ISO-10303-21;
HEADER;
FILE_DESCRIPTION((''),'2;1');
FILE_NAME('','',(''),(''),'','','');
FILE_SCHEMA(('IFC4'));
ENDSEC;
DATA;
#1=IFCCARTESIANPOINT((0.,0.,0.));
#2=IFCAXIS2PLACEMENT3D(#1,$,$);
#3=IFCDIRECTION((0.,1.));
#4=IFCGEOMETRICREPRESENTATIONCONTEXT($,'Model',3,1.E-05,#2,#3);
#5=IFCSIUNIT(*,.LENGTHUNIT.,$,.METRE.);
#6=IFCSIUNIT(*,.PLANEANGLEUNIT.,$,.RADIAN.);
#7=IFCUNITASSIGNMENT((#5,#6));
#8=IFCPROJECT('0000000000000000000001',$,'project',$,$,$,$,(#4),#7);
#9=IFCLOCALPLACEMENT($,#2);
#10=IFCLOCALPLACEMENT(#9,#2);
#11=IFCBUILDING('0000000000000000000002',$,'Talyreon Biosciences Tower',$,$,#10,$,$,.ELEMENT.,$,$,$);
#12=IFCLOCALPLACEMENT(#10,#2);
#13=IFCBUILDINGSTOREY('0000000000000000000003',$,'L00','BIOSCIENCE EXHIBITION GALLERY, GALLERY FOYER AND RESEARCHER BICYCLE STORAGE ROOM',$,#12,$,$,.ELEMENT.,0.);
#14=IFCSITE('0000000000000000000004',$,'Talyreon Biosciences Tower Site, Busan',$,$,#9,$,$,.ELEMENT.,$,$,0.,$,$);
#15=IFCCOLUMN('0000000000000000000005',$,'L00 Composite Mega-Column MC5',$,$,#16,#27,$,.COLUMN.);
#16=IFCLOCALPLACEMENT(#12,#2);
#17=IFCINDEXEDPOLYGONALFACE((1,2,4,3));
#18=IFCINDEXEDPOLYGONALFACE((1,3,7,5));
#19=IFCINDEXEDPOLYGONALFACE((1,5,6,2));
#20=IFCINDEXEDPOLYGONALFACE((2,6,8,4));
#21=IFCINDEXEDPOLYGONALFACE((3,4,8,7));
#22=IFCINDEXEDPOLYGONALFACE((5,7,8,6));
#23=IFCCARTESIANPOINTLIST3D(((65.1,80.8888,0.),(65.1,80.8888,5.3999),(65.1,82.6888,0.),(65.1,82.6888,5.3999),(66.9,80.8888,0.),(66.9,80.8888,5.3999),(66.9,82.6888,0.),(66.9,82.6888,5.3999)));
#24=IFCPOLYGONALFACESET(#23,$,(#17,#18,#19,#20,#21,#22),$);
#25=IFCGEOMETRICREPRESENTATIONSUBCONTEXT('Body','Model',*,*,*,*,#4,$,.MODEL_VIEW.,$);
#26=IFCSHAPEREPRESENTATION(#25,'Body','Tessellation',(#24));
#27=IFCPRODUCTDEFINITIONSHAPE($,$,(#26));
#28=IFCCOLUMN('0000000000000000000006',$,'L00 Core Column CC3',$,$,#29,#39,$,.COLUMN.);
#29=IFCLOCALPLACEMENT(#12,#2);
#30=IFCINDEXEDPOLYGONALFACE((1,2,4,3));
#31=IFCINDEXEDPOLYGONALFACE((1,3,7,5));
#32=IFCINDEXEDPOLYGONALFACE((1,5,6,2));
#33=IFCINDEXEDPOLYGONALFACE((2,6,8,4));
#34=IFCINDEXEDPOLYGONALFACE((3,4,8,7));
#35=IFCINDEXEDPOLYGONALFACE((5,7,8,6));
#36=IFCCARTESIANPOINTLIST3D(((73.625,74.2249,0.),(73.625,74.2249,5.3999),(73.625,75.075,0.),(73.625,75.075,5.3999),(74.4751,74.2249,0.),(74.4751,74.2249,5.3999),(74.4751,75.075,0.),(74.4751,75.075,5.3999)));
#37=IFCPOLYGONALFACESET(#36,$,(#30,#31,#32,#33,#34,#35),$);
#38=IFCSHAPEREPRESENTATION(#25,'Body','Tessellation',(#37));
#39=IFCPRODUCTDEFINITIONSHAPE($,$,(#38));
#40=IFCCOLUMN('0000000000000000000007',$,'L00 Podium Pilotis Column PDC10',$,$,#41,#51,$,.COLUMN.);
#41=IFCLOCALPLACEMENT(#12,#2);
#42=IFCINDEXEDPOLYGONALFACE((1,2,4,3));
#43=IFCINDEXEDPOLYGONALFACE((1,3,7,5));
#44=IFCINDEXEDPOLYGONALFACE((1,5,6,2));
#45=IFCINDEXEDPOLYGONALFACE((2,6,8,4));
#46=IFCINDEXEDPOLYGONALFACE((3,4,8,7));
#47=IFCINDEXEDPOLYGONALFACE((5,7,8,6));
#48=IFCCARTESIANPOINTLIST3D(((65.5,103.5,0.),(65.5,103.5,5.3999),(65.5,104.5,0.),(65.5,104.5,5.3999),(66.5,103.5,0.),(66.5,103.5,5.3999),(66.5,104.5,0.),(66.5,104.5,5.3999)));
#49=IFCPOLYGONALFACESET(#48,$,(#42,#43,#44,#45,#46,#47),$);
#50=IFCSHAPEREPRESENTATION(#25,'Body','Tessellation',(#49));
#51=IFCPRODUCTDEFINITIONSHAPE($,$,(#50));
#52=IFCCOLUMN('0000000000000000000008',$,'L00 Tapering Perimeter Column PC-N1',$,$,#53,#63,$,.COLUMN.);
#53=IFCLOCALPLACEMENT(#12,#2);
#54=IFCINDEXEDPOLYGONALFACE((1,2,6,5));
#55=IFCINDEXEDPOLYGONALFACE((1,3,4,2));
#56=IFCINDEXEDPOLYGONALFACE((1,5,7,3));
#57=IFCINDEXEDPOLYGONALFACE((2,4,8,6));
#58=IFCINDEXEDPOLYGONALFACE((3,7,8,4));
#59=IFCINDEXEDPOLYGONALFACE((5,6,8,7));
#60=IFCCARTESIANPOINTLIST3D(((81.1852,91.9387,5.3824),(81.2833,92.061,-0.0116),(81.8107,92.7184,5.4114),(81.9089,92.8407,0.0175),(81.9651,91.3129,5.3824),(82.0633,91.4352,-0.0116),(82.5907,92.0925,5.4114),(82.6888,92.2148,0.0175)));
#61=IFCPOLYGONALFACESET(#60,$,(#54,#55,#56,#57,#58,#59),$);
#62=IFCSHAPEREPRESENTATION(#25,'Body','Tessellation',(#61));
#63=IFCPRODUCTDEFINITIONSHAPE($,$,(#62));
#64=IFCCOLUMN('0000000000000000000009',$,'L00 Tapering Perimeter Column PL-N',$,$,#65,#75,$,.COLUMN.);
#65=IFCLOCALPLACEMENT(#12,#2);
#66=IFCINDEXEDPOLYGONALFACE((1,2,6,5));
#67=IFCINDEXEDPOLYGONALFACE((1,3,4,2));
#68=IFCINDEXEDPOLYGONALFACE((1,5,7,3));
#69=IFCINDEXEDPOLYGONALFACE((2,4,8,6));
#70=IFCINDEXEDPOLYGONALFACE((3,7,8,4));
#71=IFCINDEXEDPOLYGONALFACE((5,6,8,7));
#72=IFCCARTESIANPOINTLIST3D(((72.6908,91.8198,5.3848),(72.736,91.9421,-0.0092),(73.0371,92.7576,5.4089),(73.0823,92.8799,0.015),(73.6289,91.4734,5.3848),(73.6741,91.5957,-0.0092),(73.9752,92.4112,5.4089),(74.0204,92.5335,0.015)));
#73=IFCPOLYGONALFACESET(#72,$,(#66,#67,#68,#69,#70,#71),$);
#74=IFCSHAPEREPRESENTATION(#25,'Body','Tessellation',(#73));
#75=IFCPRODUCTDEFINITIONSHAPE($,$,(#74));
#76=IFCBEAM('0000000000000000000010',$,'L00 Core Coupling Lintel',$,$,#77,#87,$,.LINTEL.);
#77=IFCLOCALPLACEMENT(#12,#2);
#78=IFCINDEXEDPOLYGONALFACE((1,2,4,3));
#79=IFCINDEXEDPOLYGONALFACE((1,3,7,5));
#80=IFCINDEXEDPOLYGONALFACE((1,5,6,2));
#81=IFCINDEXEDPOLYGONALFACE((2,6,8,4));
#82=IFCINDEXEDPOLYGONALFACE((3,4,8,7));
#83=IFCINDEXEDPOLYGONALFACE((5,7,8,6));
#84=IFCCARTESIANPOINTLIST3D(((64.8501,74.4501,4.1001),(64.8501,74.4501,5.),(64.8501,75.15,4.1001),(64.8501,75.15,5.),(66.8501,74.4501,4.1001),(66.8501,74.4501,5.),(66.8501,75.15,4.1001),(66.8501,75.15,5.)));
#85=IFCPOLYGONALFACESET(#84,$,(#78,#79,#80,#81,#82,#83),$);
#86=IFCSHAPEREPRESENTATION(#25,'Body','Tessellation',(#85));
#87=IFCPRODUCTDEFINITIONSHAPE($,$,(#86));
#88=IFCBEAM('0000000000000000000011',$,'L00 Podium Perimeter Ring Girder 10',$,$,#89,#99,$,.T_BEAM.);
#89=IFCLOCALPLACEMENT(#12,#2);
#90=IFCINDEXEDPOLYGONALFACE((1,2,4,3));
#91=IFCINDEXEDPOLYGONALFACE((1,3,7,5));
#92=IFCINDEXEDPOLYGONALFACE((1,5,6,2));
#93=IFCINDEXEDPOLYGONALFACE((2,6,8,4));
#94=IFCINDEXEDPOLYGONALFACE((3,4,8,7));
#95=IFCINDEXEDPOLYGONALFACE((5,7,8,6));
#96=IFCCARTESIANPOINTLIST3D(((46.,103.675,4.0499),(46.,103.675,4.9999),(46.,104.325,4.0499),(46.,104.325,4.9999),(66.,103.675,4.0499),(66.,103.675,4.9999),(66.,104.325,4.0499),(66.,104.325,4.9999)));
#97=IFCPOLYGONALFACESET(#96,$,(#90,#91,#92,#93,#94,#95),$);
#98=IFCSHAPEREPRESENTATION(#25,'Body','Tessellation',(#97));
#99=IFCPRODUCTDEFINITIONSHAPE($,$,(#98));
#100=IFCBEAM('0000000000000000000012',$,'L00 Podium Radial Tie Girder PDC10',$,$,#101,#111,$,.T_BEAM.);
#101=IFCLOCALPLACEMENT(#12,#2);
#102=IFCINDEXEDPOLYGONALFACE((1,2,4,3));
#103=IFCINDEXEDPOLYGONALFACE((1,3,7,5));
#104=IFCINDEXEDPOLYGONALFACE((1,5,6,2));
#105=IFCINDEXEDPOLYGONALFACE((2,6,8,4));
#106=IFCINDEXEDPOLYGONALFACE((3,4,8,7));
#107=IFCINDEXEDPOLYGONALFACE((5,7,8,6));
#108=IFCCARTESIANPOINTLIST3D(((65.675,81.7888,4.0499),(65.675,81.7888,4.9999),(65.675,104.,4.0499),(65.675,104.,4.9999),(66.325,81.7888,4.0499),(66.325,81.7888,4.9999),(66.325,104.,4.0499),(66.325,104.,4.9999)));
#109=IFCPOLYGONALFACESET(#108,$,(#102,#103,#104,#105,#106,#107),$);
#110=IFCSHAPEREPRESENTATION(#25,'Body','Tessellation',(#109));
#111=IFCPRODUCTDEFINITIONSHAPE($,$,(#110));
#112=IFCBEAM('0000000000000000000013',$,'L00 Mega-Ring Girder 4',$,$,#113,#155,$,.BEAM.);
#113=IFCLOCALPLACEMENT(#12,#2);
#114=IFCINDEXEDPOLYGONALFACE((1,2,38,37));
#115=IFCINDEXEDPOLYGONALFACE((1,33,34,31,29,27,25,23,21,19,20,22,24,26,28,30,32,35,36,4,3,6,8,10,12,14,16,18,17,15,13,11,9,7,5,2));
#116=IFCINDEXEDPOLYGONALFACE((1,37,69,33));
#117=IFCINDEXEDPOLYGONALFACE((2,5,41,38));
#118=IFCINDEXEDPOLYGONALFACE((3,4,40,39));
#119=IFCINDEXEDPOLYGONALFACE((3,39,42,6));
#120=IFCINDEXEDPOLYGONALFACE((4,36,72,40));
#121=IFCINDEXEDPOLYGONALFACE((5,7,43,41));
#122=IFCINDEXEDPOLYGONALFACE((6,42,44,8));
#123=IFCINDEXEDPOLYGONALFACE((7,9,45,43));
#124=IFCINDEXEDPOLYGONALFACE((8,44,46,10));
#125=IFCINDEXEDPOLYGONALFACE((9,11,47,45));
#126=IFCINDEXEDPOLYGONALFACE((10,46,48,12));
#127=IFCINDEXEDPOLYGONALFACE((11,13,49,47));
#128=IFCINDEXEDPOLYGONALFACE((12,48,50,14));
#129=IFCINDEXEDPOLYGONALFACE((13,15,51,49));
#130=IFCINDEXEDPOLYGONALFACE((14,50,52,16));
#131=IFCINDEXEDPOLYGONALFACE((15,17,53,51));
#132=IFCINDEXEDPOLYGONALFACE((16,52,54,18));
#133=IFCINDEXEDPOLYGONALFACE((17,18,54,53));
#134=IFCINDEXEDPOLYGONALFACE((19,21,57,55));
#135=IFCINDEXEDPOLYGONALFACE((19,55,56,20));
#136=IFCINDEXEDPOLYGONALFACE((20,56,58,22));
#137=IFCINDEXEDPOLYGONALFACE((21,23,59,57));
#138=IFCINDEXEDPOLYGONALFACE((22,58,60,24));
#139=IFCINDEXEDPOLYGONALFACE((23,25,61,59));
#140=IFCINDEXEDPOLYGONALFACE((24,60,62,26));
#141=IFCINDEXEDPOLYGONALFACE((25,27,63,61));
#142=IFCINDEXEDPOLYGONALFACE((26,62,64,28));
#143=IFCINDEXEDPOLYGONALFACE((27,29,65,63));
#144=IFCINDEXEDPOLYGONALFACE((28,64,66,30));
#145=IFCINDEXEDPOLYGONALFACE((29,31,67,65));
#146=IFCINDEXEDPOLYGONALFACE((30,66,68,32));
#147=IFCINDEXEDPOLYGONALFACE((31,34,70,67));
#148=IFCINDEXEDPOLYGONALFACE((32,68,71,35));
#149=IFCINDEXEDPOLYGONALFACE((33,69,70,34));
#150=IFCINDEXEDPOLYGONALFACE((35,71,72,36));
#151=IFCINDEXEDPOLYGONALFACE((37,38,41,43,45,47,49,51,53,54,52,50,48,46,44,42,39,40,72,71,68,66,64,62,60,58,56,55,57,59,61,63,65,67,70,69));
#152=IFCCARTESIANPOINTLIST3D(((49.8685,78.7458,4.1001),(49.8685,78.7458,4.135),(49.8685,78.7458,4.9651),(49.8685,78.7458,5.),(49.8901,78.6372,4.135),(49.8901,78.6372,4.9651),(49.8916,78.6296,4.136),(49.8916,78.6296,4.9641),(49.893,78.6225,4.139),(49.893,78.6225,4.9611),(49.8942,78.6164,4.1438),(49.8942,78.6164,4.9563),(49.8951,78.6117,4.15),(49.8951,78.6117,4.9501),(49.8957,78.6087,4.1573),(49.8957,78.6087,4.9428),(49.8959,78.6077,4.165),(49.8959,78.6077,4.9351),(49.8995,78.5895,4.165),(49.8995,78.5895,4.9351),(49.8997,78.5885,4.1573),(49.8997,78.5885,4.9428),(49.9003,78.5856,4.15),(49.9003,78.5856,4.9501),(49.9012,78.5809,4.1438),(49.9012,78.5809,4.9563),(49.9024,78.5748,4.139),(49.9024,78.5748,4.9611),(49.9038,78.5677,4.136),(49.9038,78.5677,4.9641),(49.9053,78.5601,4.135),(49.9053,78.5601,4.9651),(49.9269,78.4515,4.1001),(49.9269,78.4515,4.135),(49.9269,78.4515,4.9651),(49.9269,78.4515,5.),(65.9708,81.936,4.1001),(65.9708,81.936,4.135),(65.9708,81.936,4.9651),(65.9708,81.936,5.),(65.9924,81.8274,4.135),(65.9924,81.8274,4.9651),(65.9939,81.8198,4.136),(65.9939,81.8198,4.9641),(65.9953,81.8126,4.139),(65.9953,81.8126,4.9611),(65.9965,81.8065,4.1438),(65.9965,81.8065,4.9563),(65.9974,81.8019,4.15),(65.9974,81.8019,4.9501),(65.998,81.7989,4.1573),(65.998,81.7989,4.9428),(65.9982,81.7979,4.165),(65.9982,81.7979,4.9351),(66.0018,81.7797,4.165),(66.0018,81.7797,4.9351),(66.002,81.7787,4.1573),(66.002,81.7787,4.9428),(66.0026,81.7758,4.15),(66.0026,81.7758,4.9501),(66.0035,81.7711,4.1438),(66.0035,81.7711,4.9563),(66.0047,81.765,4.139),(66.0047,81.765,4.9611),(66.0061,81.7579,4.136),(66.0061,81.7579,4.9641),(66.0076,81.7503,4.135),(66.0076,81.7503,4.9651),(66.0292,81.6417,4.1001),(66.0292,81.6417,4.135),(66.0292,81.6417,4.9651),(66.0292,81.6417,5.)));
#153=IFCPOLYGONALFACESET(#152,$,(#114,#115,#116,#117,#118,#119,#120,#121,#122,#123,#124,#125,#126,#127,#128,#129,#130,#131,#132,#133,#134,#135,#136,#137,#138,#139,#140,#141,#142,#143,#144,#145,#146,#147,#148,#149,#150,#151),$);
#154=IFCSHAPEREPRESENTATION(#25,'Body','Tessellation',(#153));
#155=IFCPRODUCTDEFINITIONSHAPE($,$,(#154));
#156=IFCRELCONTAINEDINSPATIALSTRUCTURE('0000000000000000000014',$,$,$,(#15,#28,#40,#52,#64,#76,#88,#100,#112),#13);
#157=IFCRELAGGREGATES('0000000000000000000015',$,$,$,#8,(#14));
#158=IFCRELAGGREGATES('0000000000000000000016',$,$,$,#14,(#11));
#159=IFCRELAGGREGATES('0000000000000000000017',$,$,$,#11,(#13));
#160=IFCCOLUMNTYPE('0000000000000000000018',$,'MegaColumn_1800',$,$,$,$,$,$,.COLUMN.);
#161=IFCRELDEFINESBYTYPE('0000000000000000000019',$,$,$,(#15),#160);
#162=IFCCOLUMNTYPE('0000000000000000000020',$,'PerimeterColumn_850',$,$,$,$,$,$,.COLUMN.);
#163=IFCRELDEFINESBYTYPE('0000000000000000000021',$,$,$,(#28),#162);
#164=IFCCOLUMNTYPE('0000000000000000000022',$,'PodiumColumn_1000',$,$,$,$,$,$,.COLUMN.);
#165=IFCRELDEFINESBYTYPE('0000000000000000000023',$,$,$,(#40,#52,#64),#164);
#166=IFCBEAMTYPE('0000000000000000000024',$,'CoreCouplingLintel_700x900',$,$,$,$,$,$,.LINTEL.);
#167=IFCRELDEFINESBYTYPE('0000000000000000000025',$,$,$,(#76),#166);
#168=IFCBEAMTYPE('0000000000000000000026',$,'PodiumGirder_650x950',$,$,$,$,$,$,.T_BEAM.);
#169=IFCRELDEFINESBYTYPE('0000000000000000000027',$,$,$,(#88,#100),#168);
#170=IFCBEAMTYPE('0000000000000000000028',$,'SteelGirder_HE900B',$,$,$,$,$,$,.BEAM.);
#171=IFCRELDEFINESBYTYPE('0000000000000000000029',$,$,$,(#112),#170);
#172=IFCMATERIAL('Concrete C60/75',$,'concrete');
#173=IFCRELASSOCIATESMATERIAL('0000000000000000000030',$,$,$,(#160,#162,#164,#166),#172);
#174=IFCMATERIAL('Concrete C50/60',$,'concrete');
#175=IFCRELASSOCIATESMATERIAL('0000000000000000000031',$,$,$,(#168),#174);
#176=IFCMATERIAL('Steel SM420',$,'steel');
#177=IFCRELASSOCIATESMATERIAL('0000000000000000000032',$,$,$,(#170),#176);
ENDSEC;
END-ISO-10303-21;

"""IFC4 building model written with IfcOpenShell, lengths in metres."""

from ifc_helpers import new_model, si_unit, direction, frame, origin, origin_2d, place, context, subcontext, project, spatial, rectangle, i_section, extrude, material, material_profile, profile_set, type_object, element, save


model = new_model("IFC4")

# Units and contexts
model_context = context("Model", 3, precision=1e-05, world=origin(), true_north=direction((0.0, 1.0)))
body_context = subcontext(model_context, "Body", "Model", "MODEL_VIEW")
ifc_project = project(units=[si_unit("LENGTHUNIT", "METRE"), si_unit("PLANEANGLEUNIT", "RADIAN")], contexts=[model_context])

# Site, building, storey
site_placement = place(None, origin())
site = spatial("IfcSite", under=ifc_project, at=site_placement, Name="Talyreon Biosciences Tower Site, Busan", CompositionType="ELEMENT", RefElevation=0.0)
building_placement = place(site_placement, origin())
building = spatial("IfcBuilding", under=site, at=building_placement, Name="Talyreon Biosciences Tower", CompositionType="ELEMENT")
storey_placement = place(building_placement, origin())
storey = spatial("IfcBuildingStorey", under=building, at=storey_placement, Name="L00", Description="BIOSCIENCE EXHIBITION GALLERY, GALLERY FOYER AND RESEARCHER BICYCLE STORAGE ROOM", CompositionType="ELEMENT", Elevation=0.0)

# Columns
ifc_material_1 = material(Name="Concrete C60/75", Category="concrete")
ifc_material_profile_1 = material_profile(ifc_material_1, rectangle(XDim=1.8, YDim=1.8, at=origin_2d()), Name="RC 1800x1800")
ifc_profile_set_1 = profile_set([ifc_material_profile_1], Name="Concrete C60/75")
column_type_1 = type_object("IfcColumnType", Name="MegaColumn_1800", PredefinedType="COLUMN", material=ifc_profile_set_1)
column_1_placement = place(storey_placement, frame((66.0, 81.7888, 0.0), z_axis=(0.0, 0.0, 1.0), x_axis=(1.0, 0.0, 0.0)))
element("IfcColumn", 1, at=column_1_placement, inside=storey, type_object=column_type_1, Name="L00 Composite Mega-Column MC5", PredefinedType="COLUMN", context=body_context, shape_type="SweptSolid", body=[
    extrude(rectangle(XDim=1.8, YDim=1.8, at=origin_2d()), origin(), (0.0, 0.0, 1.0), 5.3999),
])
ifc_material_profile_2 = material_profile(ifc_material_1, rectangle(XDim=0.8501, YDim=0.8501, at=origin_2d()), Name="RC 850x850")
ifc_profile_set_2 = profile_set([ifc_material_profile_2], Name="Concrete C60/75")
column_type_2 = type_object("IfcColumnType", Name="PerimeterColumn_850", PredefinedType="COLUMN", material=ifc_profile_set_2)
column_2_placement = place(storey_placement, frame((74.05, 74.6499, 0.0), z_axis=(0.0, 0.0, 1.0), x_axis=(1.0, 0.0, 0.0)))
element("IfcColumn", 2, at=column_2_placement, inside=storey, type_object=column_type_2, Name="L00 Core Column CC3", PredefinedType="COLUMN", context=body_context, shape_type="SweptSolid", body=[
    extrude(rectangle(XDim=0.8501, YDim=0.8501, at=origin_2d()), origin(), (0.0, 0.0, 1.0), 5.3999),
])
ifc_material_profile_3 = material_profile(ifc_material_1, rectangle(XDim=1.0, YDim=1.0, at=origin_2d()), Name="RC 1000x1000")
ifc_profile_set_3 = profile_set([ifc_material_profile_3], Name="Concrete C60/75")
column_type_3 = type_object("IfcColumnType", Name="PodiumColumn_1000", PredefinedType="COLUMN", material=ifc_profile_set_3)
column_3_placement = place(storey_placement, frame((66.0, 104.0, 0.0), z_axis=(0.0, 0.0, 1.0), x_axis=(1.0, 0.0, 0.0)))
element("IfcColumn", 3, at=column_3_placement, inside=storey, type_object=column_type_3, Name="L00 Podium Pilotis Column PDC10", PredefinedType="COLUMN", context=body_context, shape_type="SweptSolid", body=[
    extrude(rectangle(XDim=1.0, YDim=1.0, at=origin_2d()), origin(), (0.0, 0.0, 1.0), 5.3999),
])
column_4_placement = place(storey_placement, frame((81.9861, 92.1379, 0.0029), z_axis=(-0.018187, -0.022666, 0.999578), x_axis=(-0.779957, 0.625834, 0.0)))
element("IfcColumn", 4, at=column_4_placement, inside=storey, type_object=column_type_3, Name="L00 Tapering Perimeter Column PC-N1", PredefinedType="COLUMN", context=body_context, shape_type="SweptSolid", body=[
    extrude(rectangle(XDim=1.0, YDim=1.0, at=origin_2d()), origin(), (0.0, 0.0, 1.0), 5.3962),
])
column_5_placement = place(storey_placement, frame((73.3782, 92.2378, 0.0029), z_axis=(-0.008371, -0.022669, 0.999708), x_axis=(-0.938087, 0.346399, 0.0)))
element("IfcColumn", 5, at=column_5_placement, inside=storey, type_object=column_type_3, Name="L00 Tapering Perimeter Column PL-N", PredefinedType="COLUMN", context=body_context, shape_type="SweptSolid", body=[
    extrude(rectangle(XDim=1.0, YDim=1.0, at=origin_2d()), origin(), (0.0, 0.0, 1.0), 5.3955),
])

# Beams
ifc_material_profile_4 = material_profile(ifc_material_1, rectangle(XDim=0.7, YDim=0.8999, at=origin_2d()), Name="RCB 700x900")
ifc_profile_set_4 = profile_set([ifc_material_profile_4], Name="Concrete C60/75")
beam_type_1 = type_object("IfcBeamType", Name="CoreCouplingLintel_700x900", PredefinedType="LINTEL", material=ifc_profile_set_4)
beam_1_placement = place(storey_placement, frame((64.8501, 74.8, 4.55), z_axis=(1.0, 0.0, 0.0), x_axis=(0.0, 1.0, 0.0)))
element("IfcBeam", 6, at=beam_1_placement, inside=storey, type_object=beam_type_1, Name="L00 Core Coupling Lintel", PredefinedType="LINTEL", context=body_context, shape_type="SweptSolid", body=[
    extrude(rectangle(XDim=0.7, YDim=0.8999, at=origin_2d()), origin(), (0.0, 0.0, 1.0), 2.0),
])
ifc_material_2 = material(Name="Concrete C50/60", Category="concrete")
ifc_material_profile_5 = material_profile(ifc_material_2, rectangle(XDim=0.6499, YDim=0.95, at=origin_2d()), Name="RCB 650x950")
ifc_profile_set_5 = profile_set([ifc_material_profile_5], Name="Concrete C50/60")
beam_type_2 = type_object("IfcBeamType", Name="PodiumGirder_650x950", PredefinedType="T_BEAM", material=ifc_profile_set_5)
beam_2_placement = place(storey_placement, frame((66.0, 104.0, 4.5249), z_axis=(-1.0, 0.0, 0.0), x_axis=(0.0, -1.0, 0.0)))
element("IfcBeam", 7, at=beam_2_placement, inside=storey, type_object=beam_type_2, Name="L00 Podium Perimeter Ring Girder 10", PredefinedType="T_BEAM", context=body_context, shape_type="SweptSolid", body=[
    extrude(rectangle(XDim=0.6499, YDim=0.95, at=origin_2d()), origin(), (0.0, 0.0, 1.0), 20.0),
])
beam_3_placement = place(storey_placement, frame((66.0, 81.7888, 4.5249), z_axis=(0.0, 1.0, 0.0), x_axis=(-1.0, 0.0, 0.0)))
element("IfcBeam", 8, at=beam_3_placement, inside=storey, type_object=beam_type_2, Name="L00 Podium Radial Tie Girder PDC10", PredefinedType="T_BEAM", context=body_context, shape_type="SweptSolid", body=[
    extrude(rectangle(XDim=0.6499, YDim=0.95, at=origin_2d()), origin(), (0.0, 0.0, 1.0), 22.2112),
])
ifc_material_3 = material(Name="Steel SM420", Category="steel")
ifc_material_profile_6 = material_profile(ifc_material_3, i_section(OverallWidth=0.3, OverallDepth=0.8999, WebThickness=0.0186, FlangeThickness=0.0349, FilletRadius=0.03, at=origin_2d()), Name="HE900B")
ifc_profile_set_6 = profile_set([ifc_material_profile_6], Name="Steel SM420")
beam_type_3 = type_object("IfcBeamType", Name="SteelGirder_HE900B", PredefinedType="BEAM", material=ifc_profile_set_6)
beam_4_placement = place(storey_placement, frame((66.0, 81.7888, 4.55), z_axis=(-0.980934, -0.194343, 0.0), x_axis=(0.194343, -0.980934, 0.0)))
element("IfcBeam", 9, at=beam_4_placement, inside=storey, type_object=beam_type_3, Name="L00 Mega-Ring Girder 4", PredefinedType="BEAM", context=body_context, shape_type="SweptSolid", body=[
    extrude(i_section(OverallWidth=0.3, OverallDepth=0.8999, WebThickness=0.0186, FlangeThickness=0.0349, FilletRadius=0.03, at=origin_2d()), origin(), (0.0, 0.0, 1.0), 16.4153),
])

save(model, "model.ifc")
